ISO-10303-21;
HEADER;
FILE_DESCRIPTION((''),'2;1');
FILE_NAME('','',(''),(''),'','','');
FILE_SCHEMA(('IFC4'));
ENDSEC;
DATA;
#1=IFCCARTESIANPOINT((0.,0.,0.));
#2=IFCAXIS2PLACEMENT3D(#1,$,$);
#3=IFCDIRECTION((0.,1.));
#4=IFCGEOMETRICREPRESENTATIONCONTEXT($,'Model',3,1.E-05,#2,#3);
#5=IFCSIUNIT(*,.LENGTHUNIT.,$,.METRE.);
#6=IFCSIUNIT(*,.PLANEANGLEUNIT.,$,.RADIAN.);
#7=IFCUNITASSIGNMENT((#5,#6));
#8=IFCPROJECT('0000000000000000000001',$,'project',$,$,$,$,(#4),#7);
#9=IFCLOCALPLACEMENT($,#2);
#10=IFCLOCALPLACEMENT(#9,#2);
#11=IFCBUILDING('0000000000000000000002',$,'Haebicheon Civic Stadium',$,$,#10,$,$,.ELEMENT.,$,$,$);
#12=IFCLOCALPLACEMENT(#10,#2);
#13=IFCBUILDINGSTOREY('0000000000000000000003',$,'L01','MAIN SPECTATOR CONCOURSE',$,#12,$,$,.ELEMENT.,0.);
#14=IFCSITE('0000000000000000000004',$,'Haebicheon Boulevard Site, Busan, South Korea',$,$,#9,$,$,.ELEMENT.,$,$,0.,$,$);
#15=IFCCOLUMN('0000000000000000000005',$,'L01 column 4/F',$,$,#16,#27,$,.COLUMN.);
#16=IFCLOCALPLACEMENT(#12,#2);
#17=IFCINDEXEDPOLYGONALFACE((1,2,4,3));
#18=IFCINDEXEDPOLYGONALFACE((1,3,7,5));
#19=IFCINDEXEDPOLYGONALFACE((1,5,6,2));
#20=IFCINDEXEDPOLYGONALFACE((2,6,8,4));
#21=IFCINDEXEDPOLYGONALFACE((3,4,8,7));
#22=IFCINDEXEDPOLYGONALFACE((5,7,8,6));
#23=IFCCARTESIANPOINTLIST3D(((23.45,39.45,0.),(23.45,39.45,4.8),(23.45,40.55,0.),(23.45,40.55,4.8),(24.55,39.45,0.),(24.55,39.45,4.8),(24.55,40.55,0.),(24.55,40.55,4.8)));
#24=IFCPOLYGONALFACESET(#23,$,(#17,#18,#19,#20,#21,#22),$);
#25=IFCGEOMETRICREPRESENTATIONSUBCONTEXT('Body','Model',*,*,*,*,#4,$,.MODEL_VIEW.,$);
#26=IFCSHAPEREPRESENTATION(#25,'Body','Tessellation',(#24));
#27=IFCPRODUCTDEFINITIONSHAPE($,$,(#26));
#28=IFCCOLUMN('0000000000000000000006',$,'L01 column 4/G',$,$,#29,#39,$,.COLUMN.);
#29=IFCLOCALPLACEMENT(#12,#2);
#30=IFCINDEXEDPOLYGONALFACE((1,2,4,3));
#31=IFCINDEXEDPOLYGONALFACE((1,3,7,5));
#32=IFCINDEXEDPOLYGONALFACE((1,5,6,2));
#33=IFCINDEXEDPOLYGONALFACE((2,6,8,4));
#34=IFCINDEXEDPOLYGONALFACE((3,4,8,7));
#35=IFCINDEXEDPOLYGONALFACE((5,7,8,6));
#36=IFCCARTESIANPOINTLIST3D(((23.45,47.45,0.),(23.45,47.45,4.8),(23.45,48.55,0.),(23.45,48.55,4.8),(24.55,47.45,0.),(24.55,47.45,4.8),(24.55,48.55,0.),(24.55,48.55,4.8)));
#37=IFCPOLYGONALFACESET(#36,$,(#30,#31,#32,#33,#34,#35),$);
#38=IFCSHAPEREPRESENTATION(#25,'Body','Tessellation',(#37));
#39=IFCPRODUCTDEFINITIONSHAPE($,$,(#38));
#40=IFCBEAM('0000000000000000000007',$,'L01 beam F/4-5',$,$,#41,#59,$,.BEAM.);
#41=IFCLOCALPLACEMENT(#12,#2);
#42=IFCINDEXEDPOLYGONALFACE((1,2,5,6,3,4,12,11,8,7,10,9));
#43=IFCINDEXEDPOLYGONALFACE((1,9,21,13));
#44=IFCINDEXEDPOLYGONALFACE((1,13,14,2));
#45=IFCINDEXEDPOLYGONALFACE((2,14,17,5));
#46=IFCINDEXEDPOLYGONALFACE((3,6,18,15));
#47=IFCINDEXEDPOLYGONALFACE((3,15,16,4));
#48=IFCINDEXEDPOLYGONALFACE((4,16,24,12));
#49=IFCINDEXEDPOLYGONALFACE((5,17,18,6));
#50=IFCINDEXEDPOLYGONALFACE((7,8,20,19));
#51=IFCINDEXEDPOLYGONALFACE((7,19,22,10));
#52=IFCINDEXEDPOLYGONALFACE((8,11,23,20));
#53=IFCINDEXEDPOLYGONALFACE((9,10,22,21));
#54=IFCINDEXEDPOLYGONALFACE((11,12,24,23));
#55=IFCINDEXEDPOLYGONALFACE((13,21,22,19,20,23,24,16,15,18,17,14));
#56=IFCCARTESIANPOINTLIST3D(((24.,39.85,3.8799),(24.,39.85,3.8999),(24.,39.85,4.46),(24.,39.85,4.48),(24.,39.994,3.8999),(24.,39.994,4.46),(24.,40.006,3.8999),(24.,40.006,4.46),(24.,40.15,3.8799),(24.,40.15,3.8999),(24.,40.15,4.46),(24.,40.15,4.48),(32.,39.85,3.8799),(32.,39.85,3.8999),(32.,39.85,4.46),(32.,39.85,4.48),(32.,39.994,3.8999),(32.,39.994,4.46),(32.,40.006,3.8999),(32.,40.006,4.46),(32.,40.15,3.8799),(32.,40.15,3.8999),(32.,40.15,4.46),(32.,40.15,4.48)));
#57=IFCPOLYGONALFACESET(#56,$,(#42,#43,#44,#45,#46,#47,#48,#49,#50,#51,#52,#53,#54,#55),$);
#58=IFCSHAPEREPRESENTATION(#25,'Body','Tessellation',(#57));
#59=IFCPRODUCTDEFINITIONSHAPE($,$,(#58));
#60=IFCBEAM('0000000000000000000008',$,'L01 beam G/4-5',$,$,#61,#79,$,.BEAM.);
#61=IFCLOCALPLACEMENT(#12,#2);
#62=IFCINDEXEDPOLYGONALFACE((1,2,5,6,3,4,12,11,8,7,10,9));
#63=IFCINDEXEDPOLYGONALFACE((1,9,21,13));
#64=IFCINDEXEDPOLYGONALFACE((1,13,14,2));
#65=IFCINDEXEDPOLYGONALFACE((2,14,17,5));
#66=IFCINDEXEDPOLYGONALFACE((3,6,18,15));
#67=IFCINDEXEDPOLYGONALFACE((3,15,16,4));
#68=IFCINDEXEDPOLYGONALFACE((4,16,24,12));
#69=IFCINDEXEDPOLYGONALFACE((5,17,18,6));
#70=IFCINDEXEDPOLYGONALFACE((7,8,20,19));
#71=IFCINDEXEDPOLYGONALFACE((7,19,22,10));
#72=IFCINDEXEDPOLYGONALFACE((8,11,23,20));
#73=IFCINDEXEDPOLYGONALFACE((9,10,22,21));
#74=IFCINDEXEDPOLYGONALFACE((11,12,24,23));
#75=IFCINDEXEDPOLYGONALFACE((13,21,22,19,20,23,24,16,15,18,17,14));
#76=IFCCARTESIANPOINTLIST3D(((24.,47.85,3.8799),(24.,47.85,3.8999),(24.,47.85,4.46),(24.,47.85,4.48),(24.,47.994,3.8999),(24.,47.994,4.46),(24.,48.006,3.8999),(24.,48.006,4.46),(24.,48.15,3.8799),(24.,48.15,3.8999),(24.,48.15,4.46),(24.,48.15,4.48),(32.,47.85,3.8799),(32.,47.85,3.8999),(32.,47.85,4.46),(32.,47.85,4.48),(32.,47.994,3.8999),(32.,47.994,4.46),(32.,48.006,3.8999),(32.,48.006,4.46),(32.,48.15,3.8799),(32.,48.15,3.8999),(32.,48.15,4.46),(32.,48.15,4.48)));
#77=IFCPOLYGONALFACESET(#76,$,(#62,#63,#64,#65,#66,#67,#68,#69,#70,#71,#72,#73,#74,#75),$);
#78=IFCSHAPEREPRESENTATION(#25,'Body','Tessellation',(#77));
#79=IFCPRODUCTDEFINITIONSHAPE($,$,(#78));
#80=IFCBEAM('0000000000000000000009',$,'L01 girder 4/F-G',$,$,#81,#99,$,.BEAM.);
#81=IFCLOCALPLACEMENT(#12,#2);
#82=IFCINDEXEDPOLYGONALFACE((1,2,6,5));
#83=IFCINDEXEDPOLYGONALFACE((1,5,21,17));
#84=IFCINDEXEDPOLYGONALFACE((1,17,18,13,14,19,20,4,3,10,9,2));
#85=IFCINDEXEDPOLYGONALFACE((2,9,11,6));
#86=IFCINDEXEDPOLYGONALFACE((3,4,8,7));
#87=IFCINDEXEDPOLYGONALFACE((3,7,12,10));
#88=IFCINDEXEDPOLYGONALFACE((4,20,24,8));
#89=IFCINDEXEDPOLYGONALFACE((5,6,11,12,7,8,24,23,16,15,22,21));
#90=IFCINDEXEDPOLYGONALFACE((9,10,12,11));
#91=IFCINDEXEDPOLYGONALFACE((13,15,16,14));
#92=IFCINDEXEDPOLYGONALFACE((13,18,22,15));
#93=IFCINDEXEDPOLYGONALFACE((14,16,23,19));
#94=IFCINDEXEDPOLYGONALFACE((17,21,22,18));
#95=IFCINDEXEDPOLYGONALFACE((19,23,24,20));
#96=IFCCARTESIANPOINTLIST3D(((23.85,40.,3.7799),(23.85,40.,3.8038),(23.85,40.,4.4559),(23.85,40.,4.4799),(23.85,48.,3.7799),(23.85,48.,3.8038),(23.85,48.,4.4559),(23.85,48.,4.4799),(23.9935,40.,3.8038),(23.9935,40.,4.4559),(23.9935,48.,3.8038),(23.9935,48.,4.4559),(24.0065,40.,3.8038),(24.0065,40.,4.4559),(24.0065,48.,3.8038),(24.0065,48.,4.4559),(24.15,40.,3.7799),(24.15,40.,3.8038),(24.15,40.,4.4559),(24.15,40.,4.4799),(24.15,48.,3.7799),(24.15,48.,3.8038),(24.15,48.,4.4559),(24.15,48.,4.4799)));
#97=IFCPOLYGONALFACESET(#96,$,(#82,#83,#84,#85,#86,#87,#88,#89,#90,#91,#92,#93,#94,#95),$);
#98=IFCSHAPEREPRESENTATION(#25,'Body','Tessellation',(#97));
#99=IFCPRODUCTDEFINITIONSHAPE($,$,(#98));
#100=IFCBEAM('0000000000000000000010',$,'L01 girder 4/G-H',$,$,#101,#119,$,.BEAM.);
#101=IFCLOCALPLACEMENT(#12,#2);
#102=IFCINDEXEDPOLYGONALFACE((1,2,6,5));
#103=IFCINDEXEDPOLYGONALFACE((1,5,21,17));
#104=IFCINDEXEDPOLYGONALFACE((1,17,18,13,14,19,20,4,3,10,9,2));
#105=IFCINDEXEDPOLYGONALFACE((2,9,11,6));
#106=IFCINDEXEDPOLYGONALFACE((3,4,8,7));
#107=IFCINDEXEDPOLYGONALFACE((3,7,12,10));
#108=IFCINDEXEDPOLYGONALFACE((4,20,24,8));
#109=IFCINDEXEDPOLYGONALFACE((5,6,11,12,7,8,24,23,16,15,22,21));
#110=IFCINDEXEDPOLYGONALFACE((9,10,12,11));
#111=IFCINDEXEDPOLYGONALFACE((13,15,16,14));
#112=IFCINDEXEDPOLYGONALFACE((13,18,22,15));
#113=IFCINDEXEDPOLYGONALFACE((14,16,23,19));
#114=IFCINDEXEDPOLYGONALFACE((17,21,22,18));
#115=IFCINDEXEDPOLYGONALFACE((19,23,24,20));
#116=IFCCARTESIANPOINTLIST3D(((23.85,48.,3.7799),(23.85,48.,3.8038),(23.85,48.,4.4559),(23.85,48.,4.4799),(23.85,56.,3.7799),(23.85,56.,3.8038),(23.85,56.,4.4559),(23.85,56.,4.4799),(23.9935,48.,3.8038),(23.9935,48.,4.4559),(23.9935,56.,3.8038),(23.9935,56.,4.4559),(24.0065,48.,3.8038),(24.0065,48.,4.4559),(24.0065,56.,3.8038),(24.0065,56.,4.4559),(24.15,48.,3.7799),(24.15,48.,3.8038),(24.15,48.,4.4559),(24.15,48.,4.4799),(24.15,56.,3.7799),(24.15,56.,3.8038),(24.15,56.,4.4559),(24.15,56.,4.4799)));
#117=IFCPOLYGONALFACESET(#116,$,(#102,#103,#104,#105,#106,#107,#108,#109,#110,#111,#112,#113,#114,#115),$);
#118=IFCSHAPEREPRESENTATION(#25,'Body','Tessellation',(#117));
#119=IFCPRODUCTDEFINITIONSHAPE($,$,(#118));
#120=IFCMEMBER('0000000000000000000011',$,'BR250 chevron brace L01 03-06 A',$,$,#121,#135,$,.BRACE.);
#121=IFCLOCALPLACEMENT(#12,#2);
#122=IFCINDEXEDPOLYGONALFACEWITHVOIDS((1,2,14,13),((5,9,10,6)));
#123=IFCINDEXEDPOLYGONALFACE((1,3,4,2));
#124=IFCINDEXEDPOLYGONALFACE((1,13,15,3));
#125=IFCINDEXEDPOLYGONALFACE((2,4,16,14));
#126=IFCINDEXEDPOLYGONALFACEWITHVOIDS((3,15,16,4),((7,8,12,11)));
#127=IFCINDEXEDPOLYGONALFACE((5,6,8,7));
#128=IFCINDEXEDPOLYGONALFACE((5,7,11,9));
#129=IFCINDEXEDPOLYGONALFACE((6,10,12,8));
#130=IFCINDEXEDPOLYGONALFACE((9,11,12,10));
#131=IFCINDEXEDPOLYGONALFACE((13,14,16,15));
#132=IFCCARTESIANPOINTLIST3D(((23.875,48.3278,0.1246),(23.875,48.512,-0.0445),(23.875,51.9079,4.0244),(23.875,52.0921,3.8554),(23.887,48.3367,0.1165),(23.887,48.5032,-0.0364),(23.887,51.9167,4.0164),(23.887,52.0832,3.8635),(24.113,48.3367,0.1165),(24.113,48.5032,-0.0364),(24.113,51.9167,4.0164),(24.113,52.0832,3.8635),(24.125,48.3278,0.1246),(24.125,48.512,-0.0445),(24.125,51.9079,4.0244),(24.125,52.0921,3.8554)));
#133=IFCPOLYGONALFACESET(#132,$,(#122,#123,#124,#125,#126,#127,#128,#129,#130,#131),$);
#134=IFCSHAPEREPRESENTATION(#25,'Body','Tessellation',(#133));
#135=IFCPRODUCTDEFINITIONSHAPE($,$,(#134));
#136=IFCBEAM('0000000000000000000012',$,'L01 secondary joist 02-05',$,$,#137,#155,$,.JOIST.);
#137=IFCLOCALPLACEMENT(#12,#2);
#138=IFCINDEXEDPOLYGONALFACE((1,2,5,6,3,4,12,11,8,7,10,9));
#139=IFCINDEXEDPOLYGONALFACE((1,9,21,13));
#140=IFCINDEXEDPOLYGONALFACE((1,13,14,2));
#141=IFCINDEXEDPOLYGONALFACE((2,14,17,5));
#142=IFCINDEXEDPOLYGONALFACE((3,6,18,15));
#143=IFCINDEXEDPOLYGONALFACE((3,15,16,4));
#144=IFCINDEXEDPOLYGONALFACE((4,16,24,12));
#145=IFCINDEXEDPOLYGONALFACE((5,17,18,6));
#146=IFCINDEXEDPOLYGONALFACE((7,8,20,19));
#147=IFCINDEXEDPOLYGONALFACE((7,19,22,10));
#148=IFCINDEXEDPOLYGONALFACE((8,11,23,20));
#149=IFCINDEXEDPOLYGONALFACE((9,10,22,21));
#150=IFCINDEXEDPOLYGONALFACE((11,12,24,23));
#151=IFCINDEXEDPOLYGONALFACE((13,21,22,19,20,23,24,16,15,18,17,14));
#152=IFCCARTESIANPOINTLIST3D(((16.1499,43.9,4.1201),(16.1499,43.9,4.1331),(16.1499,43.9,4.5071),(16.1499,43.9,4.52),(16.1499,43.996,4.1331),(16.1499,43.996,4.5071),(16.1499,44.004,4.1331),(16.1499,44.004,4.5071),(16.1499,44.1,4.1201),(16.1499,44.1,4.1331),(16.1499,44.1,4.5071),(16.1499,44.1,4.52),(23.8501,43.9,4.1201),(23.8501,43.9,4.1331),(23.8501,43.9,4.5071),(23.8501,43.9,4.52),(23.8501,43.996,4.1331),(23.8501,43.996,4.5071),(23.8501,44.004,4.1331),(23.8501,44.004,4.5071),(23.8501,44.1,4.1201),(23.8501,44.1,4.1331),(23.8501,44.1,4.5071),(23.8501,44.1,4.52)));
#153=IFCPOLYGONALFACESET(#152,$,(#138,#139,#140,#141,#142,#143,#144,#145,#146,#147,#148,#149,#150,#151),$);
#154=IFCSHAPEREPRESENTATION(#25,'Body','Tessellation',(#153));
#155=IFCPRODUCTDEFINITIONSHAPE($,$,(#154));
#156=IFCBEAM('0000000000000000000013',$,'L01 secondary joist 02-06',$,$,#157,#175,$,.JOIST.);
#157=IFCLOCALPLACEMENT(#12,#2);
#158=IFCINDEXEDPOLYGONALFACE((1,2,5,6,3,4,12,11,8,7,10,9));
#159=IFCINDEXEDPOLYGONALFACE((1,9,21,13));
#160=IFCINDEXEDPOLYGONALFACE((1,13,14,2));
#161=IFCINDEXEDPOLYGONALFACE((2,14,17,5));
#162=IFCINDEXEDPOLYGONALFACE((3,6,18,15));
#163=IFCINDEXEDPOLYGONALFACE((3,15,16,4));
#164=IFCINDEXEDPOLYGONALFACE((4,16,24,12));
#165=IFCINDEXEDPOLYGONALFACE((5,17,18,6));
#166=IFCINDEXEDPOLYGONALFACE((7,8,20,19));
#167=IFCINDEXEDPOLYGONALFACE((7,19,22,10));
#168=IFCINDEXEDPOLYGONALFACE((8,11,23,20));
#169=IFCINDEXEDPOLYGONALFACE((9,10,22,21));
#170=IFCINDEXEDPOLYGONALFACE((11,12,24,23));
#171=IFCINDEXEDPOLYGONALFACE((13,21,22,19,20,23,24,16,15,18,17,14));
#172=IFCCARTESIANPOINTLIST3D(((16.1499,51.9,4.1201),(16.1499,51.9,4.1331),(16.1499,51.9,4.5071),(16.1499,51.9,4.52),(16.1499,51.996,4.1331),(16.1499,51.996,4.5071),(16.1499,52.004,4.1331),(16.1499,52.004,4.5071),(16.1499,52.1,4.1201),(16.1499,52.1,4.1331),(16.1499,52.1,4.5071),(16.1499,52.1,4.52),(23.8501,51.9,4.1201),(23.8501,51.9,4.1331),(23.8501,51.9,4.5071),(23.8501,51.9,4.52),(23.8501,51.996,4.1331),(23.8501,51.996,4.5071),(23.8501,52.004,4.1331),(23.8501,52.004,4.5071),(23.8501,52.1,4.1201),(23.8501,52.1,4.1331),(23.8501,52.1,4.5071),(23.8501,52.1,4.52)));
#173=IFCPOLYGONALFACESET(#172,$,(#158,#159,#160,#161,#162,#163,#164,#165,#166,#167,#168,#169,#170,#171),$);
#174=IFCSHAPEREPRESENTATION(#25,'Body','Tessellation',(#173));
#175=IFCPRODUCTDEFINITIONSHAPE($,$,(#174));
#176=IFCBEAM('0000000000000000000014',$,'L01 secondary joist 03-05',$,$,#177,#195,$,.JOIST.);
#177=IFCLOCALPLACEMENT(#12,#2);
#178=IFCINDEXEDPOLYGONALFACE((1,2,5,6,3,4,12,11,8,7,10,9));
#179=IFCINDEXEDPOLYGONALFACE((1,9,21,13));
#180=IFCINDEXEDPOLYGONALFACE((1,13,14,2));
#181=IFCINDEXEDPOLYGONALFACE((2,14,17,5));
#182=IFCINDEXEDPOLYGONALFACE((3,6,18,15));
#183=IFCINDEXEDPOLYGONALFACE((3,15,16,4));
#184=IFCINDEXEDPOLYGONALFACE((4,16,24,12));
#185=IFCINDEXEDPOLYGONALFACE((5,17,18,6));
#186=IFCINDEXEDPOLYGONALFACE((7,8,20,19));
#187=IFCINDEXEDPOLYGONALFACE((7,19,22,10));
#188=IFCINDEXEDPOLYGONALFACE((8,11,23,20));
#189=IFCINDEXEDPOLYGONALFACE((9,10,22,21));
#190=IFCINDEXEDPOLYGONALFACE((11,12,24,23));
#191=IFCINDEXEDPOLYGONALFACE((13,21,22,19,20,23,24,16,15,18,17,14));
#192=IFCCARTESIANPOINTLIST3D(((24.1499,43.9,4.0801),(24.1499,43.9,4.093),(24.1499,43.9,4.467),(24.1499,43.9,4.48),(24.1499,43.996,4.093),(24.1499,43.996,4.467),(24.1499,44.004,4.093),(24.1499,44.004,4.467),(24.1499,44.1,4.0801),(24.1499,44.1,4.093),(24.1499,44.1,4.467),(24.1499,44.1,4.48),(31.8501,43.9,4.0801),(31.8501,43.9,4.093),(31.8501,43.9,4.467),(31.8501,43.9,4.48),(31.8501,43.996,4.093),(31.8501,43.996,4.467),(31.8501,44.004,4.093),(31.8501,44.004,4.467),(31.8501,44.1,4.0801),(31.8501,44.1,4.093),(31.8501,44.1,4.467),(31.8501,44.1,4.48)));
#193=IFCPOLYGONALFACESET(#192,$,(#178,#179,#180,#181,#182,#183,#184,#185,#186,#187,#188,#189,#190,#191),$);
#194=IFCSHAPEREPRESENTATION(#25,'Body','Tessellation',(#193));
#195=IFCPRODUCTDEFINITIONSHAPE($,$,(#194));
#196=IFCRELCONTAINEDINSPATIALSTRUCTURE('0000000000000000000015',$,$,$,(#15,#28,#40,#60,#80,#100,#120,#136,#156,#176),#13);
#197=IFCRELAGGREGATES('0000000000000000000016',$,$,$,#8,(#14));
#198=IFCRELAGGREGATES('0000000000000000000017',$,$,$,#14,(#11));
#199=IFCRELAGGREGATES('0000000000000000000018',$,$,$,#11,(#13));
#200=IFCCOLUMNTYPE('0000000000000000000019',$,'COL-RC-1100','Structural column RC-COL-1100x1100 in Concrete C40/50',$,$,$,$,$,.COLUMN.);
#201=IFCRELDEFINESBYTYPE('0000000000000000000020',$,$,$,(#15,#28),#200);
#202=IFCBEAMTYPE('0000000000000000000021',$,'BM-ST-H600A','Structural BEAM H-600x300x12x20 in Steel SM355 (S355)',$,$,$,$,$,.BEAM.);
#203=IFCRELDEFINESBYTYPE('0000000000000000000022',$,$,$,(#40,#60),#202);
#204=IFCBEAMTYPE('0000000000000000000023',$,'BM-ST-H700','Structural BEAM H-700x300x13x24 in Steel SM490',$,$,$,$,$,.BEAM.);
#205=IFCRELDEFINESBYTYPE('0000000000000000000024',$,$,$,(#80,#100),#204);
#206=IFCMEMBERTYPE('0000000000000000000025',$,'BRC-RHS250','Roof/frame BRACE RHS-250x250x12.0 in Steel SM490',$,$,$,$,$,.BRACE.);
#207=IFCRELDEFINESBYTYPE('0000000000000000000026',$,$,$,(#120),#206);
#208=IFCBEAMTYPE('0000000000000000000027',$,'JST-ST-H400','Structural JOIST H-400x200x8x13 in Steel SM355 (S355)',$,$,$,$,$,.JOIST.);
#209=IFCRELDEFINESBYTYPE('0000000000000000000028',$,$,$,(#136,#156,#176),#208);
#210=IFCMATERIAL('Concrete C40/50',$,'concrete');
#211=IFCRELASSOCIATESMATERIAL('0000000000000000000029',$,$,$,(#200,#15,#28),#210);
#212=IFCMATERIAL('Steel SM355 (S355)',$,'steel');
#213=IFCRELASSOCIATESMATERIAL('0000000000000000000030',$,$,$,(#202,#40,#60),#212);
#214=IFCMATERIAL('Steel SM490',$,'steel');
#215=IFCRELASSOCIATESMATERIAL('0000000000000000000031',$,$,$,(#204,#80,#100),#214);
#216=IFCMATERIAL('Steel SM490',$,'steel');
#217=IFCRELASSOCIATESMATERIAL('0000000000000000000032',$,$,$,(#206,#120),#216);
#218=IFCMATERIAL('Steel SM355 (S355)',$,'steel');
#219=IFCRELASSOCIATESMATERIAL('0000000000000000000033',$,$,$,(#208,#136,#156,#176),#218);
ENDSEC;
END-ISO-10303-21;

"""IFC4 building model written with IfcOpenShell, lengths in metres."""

from ifc_helpers import new_model, si_unit, direction, frame, origin, origin_2d, place, context, subcontext, project, spatial, rectangle, hollow_rectangle, i_section, extrude, material, material_profile, profile_set, type_object, element, save


model = new_model("IFC4")

# Units and contexts
model_context = context("Model", 3, precision=1e-05, world=origin(), true_north=direction((0.0, 1.0)))
body_context = subcontext(model_context, "Body", "Model", "MODEL_VIEW")
ifc_project = project(units=[si_unit("LENGTHUNIT", "METRE"), si_unit("PLANEANGLEUNIT", "RADIAN")], contexts=[model_context])

# Site, building, storey
site_placement = place(None, origin())
site = spatial("IfcSite", under=ifc_project, at=site_placement, Name="Haebicheon Boulevard Site, Busan, South Korea", CompositionType="ELEMENT", RefElevation=0.0)
building_placement = place(site_placement, origin())
building = spatial("IfcBuilding", under=site, at=building_placement, Name="Haebicheon Civic Stadium", CompositionType="ELEMENT")
storey_placement = place(building_placement, origin())
storey = spatial("IfcBuildingStorey", under=building, at=storey_placement, Name="L01", Description="MAIN SPECTATOR CONCOURSE", CompositionType="ELEMENT", Elevation=0.0)

# Columns
ifc_material_1 = material(Name="Concrete C40/50", Category="concrete")
ifc_material_profile_1 = material_profile(ifc_material_1, rectangle(XDim=1.1001, YDim=1.1001, at=origin_2d()), Name="RC-COL-1100x1100")
ifc_profile_set_1 = profile_set([ifc_material_profile_1], Name="Concrete C40/50")
column_type = type_object("IfcColumnType", Name="COL-RC-1100", Description="Structural column RC-COL-1100x1100 in Concrete C40/50", PredefinedType="COLUMN", material=ifc_profile_set_1)
for number, where, z_axis, x_axis, name in (
    (1, (24.0, 40.0, 0.0), (0.0, 0.0, 1.0), (1.0, 0.0, 0.0), "L01 column 4/F"),
    (2, (24.0, 48.0, 0.0), (0.0, 0.0, 1.0), (1.0, 0.0, 0.0), "L01 column 4/G"),
):
    element("IfcColumn", number, at=place(storey_placement, frame(where, z_axis=z_axis, x_axis=x_axis)), inside=storey, type_object=column_type, material=ifc_profile_set_1, Name=name, PredefinedType="COLUMN", context=body_context, shape_type="SweptSolid", body=[
        extrude(rectangle(XDim=1.1001, YDim=1.1001, at=origin_2d()), origin(), (0.0, 0.0, 1.0), 4.8),
    ])

# Beams
ifc_material_2 = material(Name="Steel SM355 (S355)", Category="steel")
ifc_material_profile_2 = material_profile(ifc_material_2, i_section(OverallWidth=0.3, OverallDepth=0.6001, WebThickness=0.012, FlangeThickness=0.02, at=origin_2d()), Name="H-600x300x12x20")
ifc_profile_set_2 = profile_set([ifc_material_profile_2], Name="Steel SM355 (S355)")
beam_type_1 = type_object("IfcBeamType", Name="BM-ST-H600A", Description="Structural BEAM H-600x300x12x20 in Steel SM355 (S355)", PredefinedType="BEAM", material=ifc_profile_set_2)
for number, where, z_axis, x_axis, name in (
    (3, (24.0, 40.0, 4.1799), (1.0, 0.0, 0.0), (0.0, 1.0, 0.0), "L01 beam F/4-5"),
    (4, (24.0, 48.0, 4.1799), (1.0, 0.0, 0.0), (0.0, 1.0, 0.0), "L01 beam G/4-5"),
):
    element("IfcBeam", number, at=place(storey_placement, frame(where, z_axis=z_axis, x_axis=x_axis)), inside=storey, type_object=beam_type_1, material=ifc_profile_set_2, Name=name, PredefinedType="BEAM", context=body_context, shape_type="SweptSolid", body=[
        extrude(i_section(OverallWidth=0.3, OverallDepth=0.6001, WebThickness=0.012, FlangeThickness=0.02, at=origin_2d()), origin(), (0.0, 0.0, 1.0), 8.0),
    ])
ifc_material_3 = material(Name="Steel SM490", Category="steel")
ifc_material_profile_3 = material_profile(ifc_material_3, i_section(OverallWidth=0.3, OverallDepth=0.7, WebThickness=0.0129, FlangeThickness=0.0239, at=origin_2d()), Name="H-700x300x13x24")
ifc_profile_set_3 = profile_set([ifc_material_profile_3], Name="Steel SM490")
beam_type_2 = type_object("IfcBeamType", Name="BM-ST-H700", Description="Structural BEAM H-700x300x13x24 in Steel SM490", PredefinedType="BEAM", material=ifc_profile_set_3)
for number, where, z_axis, x_axis, name in (
    (5, (24.0, 40.0, 4.1299), (0.0, 1.0, 0.0), (-1.0, 0.0, 0.0), "L01 girder 4/F-G"),
    (6, (24.0, 48.0, 4.1299), (0.0, 1.0, 0.0), (-1.0, 0.0, 0.0), "L01 girder 4/G-H"),
):
    element("IfcBeam", number, at=place(storey_placement, frame(where, z_axis=z_axis, x_axis=x_axis)), inside=storey, type_object=beam_type_2, material=ifc_profile_set_3, Name=name, PredefinedType="BEAM", context=body_context, shape_type="SweptSolid", body=[
        extrude(i_section(OverallWidth=0.3, OverallDepth=0.7, WebThickness=0.0129, FlangeThickness=0.0239, at=origin_2d()), origin(), (0.0, 0.0, 1.0), 8.0),
    ])

# Member
ifc_material_4 = material(Name="Steel SM490", Category="steel")
ifc_material_profile_4 = material_profile(ifc_material_4, hollow_rectangle(XDim=0.25, YDim=0.25, WallThickness=0.012, at=origin_2d()), Name="RHS-250x250x12.0")
ifc_profile_set_4 = profile_set([ifc_material_profile_4], Name="Steel SM490")
member_type = type_object("IfcMemberType", Name="BRC-RHS250", Description="Roof/frame BRACE RHS-250x250x12.0 in Steel SM490", PredefinedType="BRACE", material=ifc_profile_set_4)
member_placement = place(storey_placement, frame((24.0, 48.4199, 0.04), z_axis=(0.0, 0.676255, 0.736668), x_axis=(-1.0, 0.0, 0.0)))
element("IfcMember", 7, at=member_placement, inside=storey, type_object=member_type, material=ifc_profile_set_4, Name="BR250 chevron brace L01 03-06 A", PredefinedType="BRACE", context=body_context, shape_type="SweptSolid", body=[
    extrude(hollow_rectangle(XDim=0.25, YDim=0.25, WallThickness=0.012, at=origin_2d()), origin(), (0.0, 0.0, 1.0), 5.2939),
])

# Beams
ifc_material_5 = material(Name="Steel SM355 (S355)", Category="steel")
ifc_material_profile_5 = material_profile(ifc_material_5, i_section(OverallWidth=0.2, OverallDepth=0.3999, WebThickness=0.0081, FlangeThickness=0.0129, at=origin_2d()), Name="H-400x200x8x13")
ifc_profile_set_5 = profile_set([ifc_material_profile_5], Name="Steel SM355 (S355)")
beam_type_3 = type_object("IfcBeamType", Name="JST-ST-H400", Description="Structural JOIST H-400x200x8x13 in Steel SM355 (S355)", PredefinedType="JOIST", material=ifc_profile_set_5)
for number, where, z_axis, x_axis, name in (
    (8, (16.1499, 44.0, 4.3201), (1.0, 0.0, 0.0), (0.0, 1.0, 0.0), "L01 secondary joist 02-05"),
    (9, (16.1499, 52.0, 4.3201), (1.0, 0.0, 0.0), (0.0, 1.0, 0.0), "L01 secondary joist 02-06"),
    (10, (24.1499, 44.0, 4.28), (1.0, 0.0, 0.0), (0.0, 1.0, 0.0), "L01 secondary joist 03-05"),
):
    element("IfcBeam", number, at=place(storey_placement, frame(where, z_axis=z_axis, x_axis=x_axis)), inside=storey, type_object=beam_type_3, material=ifc_profile_set_5, Name=name, PredefinedType="JOIST", context=body_context, shape_type="SweptSolid", body=[
        extrude(i_section(OverallWidth=0.2, OverallDepth=0.3999, WebThickness=0.0081, FlangeThickness=0.0129, at=origin_2d()), origin(), (0.0, 0.0, 1.0), 7.7002),
    ])

save(model, "model.ifc")
